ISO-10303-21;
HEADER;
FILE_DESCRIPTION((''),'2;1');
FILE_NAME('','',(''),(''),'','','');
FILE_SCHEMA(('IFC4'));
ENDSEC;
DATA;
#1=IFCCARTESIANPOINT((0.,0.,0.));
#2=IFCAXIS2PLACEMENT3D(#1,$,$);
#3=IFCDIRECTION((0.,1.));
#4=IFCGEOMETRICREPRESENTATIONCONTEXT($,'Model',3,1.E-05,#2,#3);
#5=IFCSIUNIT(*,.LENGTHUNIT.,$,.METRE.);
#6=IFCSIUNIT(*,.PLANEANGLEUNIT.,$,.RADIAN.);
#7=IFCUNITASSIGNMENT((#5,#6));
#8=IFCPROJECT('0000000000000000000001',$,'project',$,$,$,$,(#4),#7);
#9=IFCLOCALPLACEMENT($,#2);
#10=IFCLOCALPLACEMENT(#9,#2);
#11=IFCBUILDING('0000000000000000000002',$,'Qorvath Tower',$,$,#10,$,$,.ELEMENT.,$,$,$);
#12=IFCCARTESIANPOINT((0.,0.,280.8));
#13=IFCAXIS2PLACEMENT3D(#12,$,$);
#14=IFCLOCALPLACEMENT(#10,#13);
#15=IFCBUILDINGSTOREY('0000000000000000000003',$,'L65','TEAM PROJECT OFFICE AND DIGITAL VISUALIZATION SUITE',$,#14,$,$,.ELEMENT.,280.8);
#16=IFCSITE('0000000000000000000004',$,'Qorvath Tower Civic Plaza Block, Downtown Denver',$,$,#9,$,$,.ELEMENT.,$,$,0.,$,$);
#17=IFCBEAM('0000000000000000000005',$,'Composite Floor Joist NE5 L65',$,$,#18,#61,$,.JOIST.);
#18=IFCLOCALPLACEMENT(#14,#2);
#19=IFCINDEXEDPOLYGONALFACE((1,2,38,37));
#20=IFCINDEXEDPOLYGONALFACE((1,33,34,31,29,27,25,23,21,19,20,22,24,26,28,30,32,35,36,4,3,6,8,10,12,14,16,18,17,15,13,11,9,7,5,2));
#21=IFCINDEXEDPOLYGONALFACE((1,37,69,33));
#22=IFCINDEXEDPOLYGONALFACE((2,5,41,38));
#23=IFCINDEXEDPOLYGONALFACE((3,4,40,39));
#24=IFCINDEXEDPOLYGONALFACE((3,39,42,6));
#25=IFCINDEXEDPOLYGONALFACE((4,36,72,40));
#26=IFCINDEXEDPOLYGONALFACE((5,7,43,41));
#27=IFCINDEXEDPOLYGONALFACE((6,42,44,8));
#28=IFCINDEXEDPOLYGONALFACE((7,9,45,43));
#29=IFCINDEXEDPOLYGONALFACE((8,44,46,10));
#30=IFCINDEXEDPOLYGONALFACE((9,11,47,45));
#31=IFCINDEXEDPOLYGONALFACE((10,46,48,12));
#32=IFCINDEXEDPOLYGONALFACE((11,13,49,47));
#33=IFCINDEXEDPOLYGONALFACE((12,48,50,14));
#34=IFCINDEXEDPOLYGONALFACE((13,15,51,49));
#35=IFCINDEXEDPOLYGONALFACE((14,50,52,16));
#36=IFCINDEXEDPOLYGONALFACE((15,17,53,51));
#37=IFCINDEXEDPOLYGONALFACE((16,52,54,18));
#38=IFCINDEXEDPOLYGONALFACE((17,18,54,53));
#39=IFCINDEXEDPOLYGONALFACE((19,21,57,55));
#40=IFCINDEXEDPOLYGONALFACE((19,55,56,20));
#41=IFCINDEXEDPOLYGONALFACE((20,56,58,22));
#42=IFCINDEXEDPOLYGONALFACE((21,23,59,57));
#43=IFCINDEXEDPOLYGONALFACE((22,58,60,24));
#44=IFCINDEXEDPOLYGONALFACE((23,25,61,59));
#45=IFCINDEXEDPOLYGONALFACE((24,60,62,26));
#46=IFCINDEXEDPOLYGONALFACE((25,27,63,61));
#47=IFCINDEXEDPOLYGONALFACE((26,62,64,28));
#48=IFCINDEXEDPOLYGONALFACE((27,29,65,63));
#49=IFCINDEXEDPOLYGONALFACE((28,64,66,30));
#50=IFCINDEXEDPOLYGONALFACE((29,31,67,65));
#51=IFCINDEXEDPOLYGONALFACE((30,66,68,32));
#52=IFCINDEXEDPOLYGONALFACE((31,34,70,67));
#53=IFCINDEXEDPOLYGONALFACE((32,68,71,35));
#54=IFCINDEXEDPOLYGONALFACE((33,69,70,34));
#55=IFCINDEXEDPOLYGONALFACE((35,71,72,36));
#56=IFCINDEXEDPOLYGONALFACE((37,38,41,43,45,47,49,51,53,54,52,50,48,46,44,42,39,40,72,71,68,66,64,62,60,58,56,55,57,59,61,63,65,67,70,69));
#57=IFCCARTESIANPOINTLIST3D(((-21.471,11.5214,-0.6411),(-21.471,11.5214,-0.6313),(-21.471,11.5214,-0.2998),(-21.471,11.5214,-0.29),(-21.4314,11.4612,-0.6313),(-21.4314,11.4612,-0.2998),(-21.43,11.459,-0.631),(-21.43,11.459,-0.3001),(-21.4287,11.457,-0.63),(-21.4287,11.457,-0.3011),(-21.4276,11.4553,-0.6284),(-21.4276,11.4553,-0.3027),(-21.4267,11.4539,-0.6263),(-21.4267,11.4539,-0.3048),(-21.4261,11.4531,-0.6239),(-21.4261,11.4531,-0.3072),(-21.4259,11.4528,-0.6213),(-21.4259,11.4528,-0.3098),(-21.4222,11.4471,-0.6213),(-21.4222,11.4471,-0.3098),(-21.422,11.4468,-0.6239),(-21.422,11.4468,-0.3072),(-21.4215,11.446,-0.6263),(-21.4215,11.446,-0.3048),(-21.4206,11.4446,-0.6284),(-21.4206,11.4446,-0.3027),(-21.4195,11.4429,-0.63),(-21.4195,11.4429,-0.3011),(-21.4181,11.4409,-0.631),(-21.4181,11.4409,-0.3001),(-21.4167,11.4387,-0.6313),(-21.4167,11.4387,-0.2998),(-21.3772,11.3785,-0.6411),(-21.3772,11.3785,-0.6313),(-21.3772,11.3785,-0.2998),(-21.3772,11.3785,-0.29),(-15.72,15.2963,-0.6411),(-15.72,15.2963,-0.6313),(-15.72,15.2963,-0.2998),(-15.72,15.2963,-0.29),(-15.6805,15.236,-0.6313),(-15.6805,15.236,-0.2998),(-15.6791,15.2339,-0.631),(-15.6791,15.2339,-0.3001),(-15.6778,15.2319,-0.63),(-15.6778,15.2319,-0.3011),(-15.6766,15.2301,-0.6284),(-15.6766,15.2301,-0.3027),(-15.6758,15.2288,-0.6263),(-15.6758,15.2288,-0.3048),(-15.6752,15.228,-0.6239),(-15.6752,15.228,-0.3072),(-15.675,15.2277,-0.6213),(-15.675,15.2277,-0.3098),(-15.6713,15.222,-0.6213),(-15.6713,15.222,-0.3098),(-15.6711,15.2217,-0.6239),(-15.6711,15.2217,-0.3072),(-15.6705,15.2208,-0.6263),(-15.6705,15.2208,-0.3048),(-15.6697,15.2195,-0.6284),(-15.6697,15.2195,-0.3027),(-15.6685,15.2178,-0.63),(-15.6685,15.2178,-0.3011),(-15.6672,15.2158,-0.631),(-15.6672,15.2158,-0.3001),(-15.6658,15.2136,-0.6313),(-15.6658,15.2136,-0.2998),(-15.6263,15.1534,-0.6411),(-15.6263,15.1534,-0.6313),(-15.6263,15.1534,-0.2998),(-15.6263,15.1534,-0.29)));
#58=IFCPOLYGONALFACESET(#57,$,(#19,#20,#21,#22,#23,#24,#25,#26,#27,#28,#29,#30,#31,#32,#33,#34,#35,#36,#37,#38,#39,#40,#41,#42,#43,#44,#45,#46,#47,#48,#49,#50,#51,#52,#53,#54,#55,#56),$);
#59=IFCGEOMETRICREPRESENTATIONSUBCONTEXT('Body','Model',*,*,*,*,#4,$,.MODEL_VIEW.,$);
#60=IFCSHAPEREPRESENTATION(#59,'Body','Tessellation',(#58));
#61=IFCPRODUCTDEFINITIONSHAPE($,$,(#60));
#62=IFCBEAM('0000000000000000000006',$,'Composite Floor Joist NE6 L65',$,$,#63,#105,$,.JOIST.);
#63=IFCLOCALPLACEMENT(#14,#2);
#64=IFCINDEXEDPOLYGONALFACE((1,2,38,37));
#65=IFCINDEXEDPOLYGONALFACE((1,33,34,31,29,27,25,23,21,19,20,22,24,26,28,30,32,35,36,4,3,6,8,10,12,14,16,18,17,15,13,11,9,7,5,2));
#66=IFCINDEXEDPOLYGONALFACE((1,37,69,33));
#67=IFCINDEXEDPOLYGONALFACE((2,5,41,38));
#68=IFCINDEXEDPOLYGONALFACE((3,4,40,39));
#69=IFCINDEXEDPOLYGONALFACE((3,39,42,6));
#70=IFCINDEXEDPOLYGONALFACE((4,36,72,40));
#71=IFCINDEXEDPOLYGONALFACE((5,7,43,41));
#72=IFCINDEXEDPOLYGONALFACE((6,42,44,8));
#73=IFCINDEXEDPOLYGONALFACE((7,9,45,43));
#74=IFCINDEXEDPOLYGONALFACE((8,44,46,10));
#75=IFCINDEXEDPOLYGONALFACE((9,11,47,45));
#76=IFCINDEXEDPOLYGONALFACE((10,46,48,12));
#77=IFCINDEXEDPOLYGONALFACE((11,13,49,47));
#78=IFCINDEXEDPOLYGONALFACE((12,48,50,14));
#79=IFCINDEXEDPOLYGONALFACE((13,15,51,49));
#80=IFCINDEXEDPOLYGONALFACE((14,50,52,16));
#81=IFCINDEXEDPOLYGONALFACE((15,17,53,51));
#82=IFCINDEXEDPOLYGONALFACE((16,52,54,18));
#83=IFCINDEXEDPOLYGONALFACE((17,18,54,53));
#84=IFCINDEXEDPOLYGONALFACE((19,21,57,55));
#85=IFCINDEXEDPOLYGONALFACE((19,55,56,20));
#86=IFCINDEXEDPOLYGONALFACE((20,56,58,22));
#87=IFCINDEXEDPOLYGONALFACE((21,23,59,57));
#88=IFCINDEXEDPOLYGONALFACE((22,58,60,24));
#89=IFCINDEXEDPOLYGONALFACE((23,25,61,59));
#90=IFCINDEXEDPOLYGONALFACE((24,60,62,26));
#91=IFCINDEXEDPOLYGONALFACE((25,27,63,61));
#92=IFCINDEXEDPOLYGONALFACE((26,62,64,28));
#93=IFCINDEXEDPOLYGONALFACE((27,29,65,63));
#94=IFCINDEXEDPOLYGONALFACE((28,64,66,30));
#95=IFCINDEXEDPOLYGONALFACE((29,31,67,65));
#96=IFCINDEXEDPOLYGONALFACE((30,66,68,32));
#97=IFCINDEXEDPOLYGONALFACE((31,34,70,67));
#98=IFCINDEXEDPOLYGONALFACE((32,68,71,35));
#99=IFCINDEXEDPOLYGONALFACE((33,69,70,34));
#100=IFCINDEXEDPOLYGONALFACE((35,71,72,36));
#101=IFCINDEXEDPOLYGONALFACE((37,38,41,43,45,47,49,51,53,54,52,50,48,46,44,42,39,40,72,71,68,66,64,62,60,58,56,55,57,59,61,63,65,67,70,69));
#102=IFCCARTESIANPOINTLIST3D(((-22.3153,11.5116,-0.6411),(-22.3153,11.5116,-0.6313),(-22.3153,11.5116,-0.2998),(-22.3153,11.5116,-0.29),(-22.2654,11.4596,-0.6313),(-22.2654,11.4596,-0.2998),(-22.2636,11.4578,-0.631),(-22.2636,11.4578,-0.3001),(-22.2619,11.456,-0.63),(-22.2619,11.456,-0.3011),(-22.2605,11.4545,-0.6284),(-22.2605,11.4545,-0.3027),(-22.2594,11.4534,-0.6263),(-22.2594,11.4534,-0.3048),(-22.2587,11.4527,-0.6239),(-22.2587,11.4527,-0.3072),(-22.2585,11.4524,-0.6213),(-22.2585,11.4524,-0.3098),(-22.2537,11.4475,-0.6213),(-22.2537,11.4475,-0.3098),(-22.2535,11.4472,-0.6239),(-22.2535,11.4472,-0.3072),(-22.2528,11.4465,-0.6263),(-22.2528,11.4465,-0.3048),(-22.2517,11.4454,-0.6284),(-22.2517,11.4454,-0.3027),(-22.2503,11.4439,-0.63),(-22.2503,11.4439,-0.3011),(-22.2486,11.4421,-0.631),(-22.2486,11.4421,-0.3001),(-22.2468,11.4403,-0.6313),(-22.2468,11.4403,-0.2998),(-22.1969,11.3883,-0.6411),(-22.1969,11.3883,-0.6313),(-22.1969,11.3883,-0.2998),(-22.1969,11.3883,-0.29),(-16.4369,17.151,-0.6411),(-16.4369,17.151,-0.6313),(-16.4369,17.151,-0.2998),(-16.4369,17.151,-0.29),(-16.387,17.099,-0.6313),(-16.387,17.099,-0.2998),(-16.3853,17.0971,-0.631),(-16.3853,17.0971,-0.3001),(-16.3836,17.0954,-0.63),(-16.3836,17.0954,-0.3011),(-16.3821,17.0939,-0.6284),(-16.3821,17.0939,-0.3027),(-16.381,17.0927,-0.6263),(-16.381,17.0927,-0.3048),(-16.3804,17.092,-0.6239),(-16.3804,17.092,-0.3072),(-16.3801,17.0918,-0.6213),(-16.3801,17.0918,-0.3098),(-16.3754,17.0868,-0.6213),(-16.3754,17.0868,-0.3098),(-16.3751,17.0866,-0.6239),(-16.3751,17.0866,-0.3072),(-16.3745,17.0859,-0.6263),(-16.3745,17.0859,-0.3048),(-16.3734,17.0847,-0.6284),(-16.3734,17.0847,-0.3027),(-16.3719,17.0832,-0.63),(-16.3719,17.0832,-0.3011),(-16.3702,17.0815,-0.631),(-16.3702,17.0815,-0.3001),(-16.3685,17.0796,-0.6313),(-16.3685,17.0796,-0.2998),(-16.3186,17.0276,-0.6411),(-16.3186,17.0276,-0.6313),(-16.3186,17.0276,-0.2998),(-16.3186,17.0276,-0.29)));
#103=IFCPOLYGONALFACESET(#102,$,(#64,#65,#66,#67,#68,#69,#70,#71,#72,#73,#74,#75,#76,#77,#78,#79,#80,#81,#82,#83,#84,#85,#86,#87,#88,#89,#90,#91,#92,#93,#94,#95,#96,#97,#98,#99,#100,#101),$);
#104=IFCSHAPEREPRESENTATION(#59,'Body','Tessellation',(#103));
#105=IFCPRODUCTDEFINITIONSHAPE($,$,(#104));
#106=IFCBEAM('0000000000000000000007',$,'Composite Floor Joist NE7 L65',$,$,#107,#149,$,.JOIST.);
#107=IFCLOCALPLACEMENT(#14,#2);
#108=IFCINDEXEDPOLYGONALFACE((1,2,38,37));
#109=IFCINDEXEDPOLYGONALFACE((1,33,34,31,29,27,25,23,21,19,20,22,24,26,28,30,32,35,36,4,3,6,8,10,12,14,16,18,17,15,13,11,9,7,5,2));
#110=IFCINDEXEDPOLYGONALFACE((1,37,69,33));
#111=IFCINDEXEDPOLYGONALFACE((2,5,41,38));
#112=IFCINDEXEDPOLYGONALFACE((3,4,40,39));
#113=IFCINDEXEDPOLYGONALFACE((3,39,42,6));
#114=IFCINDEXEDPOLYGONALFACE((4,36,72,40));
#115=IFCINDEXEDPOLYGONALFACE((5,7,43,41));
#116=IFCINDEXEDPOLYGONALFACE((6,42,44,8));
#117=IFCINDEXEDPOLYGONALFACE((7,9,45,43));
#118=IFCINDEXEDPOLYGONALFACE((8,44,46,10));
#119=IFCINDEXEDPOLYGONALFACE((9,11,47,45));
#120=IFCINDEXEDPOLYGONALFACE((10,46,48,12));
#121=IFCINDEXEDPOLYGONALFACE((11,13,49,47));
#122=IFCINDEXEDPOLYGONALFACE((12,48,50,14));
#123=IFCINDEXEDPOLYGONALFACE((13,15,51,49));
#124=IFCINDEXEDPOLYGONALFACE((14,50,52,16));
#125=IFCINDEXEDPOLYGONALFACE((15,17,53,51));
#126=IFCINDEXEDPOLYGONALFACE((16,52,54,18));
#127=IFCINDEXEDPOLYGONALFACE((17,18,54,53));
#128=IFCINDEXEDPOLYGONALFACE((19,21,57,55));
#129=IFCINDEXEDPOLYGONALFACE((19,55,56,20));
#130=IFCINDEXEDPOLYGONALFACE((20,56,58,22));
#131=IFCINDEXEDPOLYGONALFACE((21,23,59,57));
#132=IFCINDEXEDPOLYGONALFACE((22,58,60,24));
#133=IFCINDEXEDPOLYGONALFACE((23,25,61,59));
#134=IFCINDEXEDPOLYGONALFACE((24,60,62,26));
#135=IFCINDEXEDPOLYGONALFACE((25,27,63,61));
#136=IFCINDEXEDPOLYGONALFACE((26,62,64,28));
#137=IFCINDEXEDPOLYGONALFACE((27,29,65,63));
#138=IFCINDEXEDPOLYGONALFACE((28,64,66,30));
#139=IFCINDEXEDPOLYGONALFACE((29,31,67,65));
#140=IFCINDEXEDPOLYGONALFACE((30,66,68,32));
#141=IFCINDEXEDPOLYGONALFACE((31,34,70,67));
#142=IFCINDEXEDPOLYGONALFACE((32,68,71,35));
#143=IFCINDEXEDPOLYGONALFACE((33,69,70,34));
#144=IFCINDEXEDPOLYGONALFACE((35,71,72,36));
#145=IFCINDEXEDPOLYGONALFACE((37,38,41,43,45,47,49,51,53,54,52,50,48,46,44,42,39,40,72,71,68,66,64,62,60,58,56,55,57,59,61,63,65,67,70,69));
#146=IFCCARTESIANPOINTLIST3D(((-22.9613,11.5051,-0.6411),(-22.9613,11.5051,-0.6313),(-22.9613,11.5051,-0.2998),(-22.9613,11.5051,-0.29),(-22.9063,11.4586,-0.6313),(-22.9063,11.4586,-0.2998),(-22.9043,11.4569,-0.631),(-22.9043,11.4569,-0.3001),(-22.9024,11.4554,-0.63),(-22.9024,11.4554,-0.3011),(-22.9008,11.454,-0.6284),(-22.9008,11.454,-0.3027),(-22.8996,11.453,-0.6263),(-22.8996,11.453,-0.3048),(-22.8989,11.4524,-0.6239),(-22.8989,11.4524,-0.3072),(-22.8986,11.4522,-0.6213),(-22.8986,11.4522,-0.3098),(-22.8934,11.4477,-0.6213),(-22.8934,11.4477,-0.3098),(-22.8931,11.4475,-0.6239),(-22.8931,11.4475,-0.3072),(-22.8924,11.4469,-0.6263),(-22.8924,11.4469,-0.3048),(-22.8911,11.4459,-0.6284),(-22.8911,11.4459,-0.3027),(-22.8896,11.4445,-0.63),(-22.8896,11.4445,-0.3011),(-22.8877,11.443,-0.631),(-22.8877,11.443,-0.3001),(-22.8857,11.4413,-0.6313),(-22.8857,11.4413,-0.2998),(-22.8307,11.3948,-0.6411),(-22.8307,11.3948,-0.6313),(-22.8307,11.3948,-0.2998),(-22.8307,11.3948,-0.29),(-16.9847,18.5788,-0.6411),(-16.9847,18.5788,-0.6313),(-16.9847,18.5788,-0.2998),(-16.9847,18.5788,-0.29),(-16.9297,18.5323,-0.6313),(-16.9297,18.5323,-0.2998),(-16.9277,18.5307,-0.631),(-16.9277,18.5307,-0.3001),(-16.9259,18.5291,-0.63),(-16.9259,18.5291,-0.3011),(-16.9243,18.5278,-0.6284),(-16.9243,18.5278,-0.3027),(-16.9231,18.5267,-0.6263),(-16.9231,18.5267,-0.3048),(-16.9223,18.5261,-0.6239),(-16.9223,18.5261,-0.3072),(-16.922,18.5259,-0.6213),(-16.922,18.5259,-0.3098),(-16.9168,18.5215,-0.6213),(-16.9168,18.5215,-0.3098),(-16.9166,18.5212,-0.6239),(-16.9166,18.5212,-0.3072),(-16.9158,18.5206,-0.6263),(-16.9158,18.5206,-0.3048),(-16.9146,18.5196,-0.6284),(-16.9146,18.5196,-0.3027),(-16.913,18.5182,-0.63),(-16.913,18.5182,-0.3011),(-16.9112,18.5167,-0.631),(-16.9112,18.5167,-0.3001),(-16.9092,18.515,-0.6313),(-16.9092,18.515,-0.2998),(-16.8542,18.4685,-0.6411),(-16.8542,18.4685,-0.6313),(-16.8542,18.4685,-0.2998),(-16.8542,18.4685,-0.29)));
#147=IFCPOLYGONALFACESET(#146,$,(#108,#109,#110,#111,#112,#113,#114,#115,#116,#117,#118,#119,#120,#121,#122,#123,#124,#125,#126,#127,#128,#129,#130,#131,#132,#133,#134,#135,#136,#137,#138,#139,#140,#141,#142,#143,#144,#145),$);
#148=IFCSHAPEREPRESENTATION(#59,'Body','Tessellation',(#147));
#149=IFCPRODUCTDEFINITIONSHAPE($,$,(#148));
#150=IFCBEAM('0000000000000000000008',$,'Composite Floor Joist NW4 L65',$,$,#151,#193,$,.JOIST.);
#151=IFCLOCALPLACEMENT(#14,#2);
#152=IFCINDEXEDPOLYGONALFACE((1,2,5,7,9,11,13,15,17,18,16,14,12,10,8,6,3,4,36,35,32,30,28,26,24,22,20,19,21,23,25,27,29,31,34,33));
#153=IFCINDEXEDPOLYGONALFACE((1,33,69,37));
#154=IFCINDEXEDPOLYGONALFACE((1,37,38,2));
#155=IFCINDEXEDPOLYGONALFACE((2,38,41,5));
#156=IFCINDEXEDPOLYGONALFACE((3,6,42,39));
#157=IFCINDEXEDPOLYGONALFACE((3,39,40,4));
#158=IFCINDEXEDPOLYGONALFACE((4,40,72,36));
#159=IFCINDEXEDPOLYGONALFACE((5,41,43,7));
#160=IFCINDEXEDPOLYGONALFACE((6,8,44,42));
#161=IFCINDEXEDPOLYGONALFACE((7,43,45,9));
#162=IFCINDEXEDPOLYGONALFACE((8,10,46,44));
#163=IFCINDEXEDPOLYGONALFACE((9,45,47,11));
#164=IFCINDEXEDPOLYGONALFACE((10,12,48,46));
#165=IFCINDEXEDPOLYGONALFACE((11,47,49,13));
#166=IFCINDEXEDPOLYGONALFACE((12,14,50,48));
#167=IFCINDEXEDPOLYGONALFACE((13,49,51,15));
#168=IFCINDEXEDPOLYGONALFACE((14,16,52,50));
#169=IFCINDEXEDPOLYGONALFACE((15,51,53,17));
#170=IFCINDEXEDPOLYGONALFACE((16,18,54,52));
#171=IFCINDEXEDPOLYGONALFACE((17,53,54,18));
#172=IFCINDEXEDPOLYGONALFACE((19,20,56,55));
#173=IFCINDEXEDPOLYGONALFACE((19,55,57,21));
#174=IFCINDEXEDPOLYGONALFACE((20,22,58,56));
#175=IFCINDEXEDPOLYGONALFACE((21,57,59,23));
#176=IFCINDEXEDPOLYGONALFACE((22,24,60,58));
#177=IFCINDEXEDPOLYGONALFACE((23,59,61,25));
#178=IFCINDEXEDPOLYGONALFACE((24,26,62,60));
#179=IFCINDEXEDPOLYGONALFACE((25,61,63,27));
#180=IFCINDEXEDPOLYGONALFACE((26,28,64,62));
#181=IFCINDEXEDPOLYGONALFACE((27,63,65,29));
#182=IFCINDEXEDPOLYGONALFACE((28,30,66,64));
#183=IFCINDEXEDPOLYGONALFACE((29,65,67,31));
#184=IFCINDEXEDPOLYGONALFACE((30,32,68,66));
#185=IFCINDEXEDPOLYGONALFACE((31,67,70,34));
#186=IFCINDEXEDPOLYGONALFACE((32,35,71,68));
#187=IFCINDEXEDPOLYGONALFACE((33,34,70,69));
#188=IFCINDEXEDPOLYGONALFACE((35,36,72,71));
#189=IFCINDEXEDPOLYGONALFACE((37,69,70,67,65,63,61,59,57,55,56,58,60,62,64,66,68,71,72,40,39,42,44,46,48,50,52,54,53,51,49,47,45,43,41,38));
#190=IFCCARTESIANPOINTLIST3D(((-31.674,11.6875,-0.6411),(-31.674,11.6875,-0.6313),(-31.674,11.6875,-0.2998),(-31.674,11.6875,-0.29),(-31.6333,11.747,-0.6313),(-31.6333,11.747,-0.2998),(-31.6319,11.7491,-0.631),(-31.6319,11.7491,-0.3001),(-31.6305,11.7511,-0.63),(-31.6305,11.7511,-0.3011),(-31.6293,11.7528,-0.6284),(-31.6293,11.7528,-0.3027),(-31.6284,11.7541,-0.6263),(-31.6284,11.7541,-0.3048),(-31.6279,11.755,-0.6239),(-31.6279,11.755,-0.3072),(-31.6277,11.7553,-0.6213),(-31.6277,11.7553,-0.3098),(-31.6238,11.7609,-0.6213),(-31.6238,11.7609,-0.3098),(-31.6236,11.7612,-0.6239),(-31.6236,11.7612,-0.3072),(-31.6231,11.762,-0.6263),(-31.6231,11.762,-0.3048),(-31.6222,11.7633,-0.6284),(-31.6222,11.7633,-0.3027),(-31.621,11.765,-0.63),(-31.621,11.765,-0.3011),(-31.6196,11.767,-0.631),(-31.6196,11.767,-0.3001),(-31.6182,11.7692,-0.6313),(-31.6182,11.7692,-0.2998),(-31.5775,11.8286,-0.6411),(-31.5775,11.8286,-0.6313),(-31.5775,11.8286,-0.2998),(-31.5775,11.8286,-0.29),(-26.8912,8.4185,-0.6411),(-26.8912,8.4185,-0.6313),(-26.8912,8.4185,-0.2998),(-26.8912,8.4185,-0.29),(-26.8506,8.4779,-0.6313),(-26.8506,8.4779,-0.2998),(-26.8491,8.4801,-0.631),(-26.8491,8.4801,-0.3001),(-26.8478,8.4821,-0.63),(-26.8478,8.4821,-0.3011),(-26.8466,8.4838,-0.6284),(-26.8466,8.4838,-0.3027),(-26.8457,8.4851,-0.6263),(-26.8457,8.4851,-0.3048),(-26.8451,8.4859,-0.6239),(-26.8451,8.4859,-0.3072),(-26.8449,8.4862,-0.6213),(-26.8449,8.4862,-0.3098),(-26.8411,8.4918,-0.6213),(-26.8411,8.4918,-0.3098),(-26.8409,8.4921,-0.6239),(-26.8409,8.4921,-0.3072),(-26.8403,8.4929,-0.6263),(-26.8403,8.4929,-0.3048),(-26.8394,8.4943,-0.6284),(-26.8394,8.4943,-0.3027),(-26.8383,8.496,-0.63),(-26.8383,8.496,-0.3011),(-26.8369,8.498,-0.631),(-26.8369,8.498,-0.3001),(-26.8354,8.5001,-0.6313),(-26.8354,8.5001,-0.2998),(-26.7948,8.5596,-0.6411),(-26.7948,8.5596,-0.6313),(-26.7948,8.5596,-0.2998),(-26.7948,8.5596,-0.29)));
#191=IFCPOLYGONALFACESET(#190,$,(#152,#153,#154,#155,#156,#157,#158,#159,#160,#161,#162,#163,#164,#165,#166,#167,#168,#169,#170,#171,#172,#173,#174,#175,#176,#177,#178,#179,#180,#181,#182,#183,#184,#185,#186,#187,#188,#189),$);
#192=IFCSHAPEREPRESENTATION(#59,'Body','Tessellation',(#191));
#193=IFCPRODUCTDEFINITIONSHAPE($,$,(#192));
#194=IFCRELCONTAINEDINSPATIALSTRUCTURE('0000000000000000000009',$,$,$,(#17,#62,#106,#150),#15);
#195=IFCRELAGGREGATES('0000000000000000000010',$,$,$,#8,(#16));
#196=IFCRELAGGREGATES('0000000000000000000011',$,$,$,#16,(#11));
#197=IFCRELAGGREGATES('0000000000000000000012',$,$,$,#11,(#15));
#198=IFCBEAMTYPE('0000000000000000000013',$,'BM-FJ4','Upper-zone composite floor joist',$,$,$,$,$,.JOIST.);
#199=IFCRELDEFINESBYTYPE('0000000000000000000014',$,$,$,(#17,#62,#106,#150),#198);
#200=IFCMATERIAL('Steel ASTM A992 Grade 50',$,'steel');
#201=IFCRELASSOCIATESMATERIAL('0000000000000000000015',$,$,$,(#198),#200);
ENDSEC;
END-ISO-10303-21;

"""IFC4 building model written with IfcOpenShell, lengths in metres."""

from ifc_helpers import new_model, si_unit, direction, frame, origin, origin_2d, place, context, subcontext, project, spatial, i_section, extrude, material, material_profile, profile_set, type_object, element, save


model = new_model("IFC4")

# Units and contexts
model_context = context("Model", 3, precision=1e-05, world=origin(), true_north=direction((0.0, 1.0)))
body_context = subcontext(model_context, "Body", "Model", "MODEL_VIEW")
ifc_project = project(units=[si_unit("LENGTHUNIT", "METRE"), si_unit("PLANEANGLEUNIT", "RADIAN")], contexts=[model_context])

# Site, building, storey
site_placement = place(None, origin())
site = spatial("IfcSite", under=ifc_project, at=site_placement, Name="Qorvath Tower Civic Plaza Block, Downtown Denver", CompositionType="ELEMENT", RefElevation=0.0)
building_placement = place(site_placement, origin())
building = spatial("IfcBuilding", under=site, at=building_placement, Name="Qorvath Tower", CompositionType="ELEMENT")
storey_placement = place(building_placement, frame((0.0, 0.0, 280.8)))
storey = spatial("IfcBuildingStorey", under=building, at=storey_placement, Name="L65", Description="TEAM PROJECT OFFICE AND DIGITAL VISUALIZATION SUITE", CompositionType="ELEMENT", Elevation=280.8)

# Beams
ifc_material_1 = material(Name="Steel ASTM A992 Grade 50", Category="steel")
ifc_material_profile_1 = material_profile(ifc_material_1, i_section(OverallWidth=0.1709, OverallDepth=0.3511, WebThickness=0.0068, FlangeThickness=0.0098, FilletRadius=0.01, at=origin_2d()), Name="W14x30")
ifc_profile_set_1 = profile_set([ifc_material_profile_1], Name="Steel ASTM A992 Grade 50")
beam_type_1 = type_object("IfcBeamType", Name="BM-FJ4", Description="Upper-zone composite floor joist", PredefinedType="JOIST", material=ifc_profile_set_1)
beam_1_placement = place(storey_placement, frame((-21.4241, 11.45, -0.4656), z_axis=(0.835993, 0.54874, 0.0), x_axis=(-0.54874, 0.835993, 0.0)))
element("IfcBeam", 1, at=beam_1_placement, inside=storey, type_object=beam_type_1, Name="Composite Floor Joist NE5 L65", PredefinedType="JOIST", context=body_context, shape_type="SweptSolid", body=[
    extrude(i_section(OverallWidth=0.1709, OverallDepth=0.3511, WebThickness=0.0068, FlangeThickness=0.0098, FilletRadius=0.01, at=origin_2d()), origin(), (0.0, 0.0, 1.0), 6.8792),
])
beam_2_placement = place(storey_placement, frame((-22.2561, 11.45, -0.4656), z_axis=(0.721625, 0.692284, 0.0), x_axis=(-0.692284, 0.721625, 0.0)))
element("IfcBeam", 2, at=beam_2_placement, inside=storey, type_object=beam_type_1, Name="Composite Floor Joist NE6 L65", PredefinedType="JOIST", context=body_context, shape_type="SweptSolid", body=[
    extrude(i_section(OverallWidth=0.1709, OverallDepth=0.3511, WebThickness=0.0068, FlangeThickness=0.0098, FilletRadius=0.01, at=origin_2d()), origin(), (0.0, 0.0, 1.0), 8.146),
])
beam_3_placement = place(storey_placement, frame((-22.896, 11.45, -0.4656), z_axis=(0.645382, 0.76386, 0.0), x_axis=(-0.76386, 0.645382, 0.0)))
element("IfcBeam", 3, at=beam_3_placement, inside=storey, type_object=beam_type_1, Name="Composite Floor Joist NE7 L65", PredefinedType="JOIST", context=body_context, shape_type="SweptSolid", body=[
    extrude(i_section(OverallWidth=0.1709, OverallDepth=0.3511, WebThickness=0.0068, FlangeThickness=0.0098, FilletRadius=0.01, at=origin_2d()), origin(), (0.0, 0.0, 1.0), 9.2605),
])
beam_4_placement = place(storey_placement, frame((-26.843, 8.489, -0.4656), z_axis=(-0.825576, 0.564291, 0.0), x_axis=(-0.564291, -0.825576, 0.0)))
element("IfcBeam", 4, at=beam_4_placement, inside=storey, type_object=beam_type_1, Name="Composite Floor Joist NW4 L65", PredefinedType="JOIST", context=body_context, shape_type="SweptSolid", body=[
    extrude(i_section(OverallWidth=0.1709, OverallDepth=0.3511, WebThickness=0.0068, FlangeThickness=0.0098, FilletRadius=0.01, at=origin_2d()), origin(), (0.0, 0.0, 1.0), 5.7932),
])

save(model, "model.ifc")
